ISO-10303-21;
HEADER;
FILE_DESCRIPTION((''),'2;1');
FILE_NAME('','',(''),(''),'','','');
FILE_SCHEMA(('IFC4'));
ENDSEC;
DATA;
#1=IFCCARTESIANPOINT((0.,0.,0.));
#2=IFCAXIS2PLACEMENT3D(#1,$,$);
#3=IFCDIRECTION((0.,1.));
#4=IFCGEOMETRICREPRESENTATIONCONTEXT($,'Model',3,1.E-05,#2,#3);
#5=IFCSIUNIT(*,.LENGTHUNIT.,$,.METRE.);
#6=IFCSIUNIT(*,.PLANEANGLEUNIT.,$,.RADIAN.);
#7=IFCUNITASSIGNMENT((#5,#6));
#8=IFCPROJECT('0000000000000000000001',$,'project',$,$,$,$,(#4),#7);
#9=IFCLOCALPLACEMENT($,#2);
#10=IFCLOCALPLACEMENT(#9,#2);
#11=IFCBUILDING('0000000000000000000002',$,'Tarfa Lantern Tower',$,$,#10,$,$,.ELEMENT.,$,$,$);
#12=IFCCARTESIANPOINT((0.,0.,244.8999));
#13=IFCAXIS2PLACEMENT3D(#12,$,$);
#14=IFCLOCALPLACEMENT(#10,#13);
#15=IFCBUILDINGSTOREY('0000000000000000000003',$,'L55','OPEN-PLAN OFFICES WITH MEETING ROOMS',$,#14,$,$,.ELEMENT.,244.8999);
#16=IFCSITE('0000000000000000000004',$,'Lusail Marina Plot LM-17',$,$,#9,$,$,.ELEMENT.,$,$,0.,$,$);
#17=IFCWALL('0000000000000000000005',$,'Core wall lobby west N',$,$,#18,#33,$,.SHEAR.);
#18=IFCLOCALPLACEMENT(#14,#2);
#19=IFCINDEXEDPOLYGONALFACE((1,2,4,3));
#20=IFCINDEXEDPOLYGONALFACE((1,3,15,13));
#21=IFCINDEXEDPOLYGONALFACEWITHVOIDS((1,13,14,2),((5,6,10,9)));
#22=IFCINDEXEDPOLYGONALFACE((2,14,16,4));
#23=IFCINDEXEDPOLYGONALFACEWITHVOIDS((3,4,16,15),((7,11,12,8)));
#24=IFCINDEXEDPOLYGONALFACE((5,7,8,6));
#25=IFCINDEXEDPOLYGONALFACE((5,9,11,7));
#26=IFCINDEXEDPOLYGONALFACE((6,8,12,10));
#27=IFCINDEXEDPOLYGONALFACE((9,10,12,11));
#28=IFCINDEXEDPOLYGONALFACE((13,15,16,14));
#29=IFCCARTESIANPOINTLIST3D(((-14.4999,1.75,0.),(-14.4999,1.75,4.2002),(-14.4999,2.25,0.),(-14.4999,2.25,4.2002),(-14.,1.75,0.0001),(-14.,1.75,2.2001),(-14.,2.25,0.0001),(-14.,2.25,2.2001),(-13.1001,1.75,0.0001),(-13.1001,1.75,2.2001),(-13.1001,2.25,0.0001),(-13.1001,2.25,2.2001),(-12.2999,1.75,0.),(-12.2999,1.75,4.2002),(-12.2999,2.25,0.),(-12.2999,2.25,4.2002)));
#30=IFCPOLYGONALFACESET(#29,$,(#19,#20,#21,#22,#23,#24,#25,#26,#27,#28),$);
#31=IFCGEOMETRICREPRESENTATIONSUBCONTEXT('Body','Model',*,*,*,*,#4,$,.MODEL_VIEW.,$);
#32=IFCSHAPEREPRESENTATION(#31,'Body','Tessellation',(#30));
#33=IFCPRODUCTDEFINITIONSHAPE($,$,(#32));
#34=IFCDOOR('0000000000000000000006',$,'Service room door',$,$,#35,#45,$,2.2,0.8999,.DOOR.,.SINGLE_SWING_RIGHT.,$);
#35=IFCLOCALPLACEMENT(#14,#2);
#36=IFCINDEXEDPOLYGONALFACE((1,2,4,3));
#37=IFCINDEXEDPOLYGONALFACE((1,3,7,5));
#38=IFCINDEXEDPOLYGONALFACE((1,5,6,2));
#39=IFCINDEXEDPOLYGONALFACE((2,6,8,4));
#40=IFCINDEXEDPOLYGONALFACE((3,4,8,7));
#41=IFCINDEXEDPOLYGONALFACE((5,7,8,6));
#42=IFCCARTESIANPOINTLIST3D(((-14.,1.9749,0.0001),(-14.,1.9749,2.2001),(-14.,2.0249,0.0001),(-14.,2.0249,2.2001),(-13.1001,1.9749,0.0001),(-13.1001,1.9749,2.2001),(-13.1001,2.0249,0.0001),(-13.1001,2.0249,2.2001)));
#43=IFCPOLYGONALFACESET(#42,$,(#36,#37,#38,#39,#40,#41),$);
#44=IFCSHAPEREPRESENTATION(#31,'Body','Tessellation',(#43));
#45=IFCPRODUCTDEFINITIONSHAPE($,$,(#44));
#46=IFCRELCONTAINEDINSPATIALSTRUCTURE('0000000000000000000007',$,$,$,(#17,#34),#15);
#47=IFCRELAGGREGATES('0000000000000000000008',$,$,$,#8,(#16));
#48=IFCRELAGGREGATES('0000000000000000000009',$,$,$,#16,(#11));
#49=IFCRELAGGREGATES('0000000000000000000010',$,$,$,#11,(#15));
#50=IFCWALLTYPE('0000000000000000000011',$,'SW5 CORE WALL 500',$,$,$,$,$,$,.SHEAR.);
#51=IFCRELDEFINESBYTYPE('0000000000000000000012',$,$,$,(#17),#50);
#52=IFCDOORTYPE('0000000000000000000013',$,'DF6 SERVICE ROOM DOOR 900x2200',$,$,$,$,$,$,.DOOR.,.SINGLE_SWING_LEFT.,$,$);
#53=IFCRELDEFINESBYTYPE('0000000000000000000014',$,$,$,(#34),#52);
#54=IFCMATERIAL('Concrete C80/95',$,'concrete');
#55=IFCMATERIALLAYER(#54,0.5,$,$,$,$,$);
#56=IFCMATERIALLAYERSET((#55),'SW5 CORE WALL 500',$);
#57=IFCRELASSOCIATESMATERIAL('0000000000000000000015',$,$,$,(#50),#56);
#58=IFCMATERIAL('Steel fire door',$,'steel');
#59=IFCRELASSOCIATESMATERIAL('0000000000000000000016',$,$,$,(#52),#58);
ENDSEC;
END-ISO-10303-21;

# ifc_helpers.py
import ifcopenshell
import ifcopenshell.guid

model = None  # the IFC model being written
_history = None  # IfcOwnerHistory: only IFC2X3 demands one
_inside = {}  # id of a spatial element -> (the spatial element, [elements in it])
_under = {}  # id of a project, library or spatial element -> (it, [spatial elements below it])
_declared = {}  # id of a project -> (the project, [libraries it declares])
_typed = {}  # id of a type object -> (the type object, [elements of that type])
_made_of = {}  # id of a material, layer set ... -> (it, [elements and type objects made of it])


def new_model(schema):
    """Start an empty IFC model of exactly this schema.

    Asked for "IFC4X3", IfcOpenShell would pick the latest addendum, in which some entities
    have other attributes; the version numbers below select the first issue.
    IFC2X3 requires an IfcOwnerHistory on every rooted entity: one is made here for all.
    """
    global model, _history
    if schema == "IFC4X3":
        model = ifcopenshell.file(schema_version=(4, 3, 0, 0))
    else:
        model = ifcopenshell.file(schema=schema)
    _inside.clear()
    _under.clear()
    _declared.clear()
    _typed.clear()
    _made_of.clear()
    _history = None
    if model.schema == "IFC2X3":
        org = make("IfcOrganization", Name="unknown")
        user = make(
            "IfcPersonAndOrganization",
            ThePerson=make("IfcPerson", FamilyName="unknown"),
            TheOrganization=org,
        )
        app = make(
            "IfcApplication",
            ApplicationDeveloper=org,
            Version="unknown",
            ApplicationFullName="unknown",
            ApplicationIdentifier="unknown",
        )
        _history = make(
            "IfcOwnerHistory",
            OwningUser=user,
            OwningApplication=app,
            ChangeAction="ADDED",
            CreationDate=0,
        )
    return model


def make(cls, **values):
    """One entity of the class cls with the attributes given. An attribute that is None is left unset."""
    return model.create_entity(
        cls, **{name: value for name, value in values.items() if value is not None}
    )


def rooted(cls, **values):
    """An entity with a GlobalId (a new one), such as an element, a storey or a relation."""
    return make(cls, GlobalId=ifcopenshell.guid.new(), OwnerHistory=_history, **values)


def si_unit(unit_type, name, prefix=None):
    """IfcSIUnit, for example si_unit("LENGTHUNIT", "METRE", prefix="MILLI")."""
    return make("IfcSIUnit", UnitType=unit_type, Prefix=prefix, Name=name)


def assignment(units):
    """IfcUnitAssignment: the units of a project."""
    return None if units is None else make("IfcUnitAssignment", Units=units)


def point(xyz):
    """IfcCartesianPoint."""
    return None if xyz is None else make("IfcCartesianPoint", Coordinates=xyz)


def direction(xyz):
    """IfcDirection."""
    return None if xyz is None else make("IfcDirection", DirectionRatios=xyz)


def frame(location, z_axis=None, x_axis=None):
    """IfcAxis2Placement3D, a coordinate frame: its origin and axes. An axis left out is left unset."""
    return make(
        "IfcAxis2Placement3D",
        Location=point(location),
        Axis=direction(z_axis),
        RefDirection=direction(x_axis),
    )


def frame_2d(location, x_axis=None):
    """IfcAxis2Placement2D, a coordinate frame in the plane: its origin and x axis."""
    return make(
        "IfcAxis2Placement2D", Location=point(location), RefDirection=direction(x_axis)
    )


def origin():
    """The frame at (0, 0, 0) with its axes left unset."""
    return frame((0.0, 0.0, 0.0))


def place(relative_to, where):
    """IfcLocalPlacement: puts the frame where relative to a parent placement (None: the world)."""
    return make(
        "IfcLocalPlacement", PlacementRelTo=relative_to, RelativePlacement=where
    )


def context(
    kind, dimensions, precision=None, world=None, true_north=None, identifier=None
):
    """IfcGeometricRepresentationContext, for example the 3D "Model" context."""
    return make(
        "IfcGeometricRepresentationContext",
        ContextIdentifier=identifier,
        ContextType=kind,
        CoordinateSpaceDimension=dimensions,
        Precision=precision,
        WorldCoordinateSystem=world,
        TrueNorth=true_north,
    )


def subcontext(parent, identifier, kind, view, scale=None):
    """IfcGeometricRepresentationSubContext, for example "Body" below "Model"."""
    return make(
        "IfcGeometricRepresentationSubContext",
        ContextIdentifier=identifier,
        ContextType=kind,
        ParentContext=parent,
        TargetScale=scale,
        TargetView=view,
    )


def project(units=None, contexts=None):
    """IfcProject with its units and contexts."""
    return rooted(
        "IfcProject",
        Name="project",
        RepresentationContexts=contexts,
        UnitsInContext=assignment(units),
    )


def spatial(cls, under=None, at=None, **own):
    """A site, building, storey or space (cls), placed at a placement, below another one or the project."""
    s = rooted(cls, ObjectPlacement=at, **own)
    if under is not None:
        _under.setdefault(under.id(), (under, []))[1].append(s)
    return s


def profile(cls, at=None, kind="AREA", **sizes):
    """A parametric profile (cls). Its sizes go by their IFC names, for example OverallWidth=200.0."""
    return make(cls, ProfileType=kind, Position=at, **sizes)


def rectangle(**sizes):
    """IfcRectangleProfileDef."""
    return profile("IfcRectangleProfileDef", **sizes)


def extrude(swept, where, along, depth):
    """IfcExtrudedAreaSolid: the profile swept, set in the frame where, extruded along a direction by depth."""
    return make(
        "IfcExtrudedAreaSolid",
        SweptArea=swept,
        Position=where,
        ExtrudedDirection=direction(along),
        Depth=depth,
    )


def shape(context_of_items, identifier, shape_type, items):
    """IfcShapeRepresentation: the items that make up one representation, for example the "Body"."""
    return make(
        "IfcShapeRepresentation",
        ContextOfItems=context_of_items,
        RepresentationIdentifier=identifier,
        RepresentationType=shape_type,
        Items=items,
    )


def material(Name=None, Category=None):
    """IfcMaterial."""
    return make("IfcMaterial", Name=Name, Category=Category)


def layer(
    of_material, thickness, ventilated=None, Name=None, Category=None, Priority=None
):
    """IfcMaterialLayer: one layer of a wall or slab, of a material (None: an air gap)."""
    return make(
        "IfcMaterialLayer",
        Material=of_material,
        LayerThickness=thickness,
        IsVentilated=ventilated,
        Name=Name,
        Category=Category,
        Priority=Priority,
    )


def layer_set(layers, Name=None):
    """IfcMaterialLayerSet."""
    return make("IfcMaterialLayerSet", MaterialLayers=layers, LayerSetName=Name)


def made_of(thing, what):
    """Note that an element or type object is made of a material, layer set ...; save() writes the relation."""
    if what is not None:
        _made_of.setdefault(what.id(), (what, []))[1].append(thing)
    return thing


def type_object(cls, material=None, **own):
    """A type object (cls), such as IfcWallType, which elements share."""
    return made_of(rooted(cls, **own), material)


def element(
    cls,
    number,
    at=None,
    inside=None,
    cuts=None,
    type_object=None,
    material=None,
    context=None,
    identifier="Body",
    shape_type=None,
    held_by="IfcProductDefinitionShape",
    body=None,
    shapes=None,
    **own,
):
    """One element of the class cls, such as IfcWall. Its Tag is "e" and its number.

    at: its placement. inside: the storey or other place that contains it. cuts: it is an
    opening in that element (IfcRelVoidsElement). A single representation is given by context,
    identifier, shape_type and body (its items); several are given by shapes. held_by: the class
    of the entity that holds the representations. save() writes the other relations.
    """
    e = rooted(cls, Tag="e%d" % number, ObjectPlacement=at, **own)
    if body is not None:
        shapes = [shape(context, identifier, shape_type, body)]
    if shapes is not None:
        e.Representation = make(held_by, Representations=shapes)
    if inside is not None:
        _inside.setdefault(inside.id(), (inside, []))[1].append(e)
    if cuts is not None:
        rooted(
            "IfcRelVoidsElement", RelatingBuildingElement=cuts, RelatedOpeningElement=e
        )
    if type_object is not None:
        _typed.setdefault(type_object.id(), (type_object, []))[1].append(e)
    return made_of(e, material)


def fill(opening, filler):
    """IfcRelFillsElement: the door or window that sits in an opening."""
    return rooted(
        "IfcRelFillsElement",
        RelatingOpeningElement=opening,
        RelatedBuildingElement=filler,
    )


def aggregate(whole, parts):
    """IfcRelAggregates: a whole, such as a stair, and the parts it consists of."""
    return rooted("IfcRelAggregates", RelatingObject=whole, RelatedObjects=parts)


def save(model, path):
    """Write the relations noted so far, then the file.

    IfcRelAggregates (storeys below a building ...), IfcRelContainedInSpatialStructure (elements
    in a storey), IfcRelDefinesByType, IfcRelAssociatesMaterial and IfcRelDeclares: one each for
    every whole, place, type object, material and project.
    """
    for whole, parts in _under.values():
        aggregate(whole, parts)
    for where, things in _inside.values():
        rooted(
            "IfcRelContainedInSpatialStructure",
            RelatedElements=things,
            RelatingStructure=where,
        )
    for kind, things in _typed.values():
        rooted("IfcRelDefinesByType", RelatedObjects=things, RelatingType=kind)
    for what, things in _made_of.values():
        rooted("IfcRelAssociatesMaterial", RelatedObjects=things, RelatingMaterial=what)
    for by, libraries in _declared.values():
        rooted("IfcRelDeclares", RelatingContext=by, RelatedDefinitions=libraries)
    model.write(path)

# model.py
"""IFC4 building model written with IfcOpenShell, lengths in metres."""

from ifc_helpers import new_model, si_unit, direction, frame, frame_2d, origin, place, context, subcontext, project, spatial, rectangle, extrude, material, layer, layer_set, type_object, element, fill, save


model = new_model("IFC4")

# Units and contexts
model_context = context("Model", 3, precision=1e-05, world=origin(), true_north=direction((0.0, 1.0)))
body_context = subcontext(model_context, "Body", "Model", "MODEL_VIEW")
ifc_project = project(units=[si_unit("LENGTHUNIT", "METRE"), si_unit("PLANEANGLEUNIT", "RADIAN")], contexts=[model_context])

# Site, building, storey
site_placement = place(None, origin())
site = spatial("IfcSite", under=ifc_project, at=site_placement, Name="Lusail Marina Plot LM-17", CompositionType="ELEMENT", RefElevation=0.0)
building_placement = place(site_placement, origin())
building = spatial("IfcBuilding", under=site, at=building_placement, Name="Tarfa Lantern Tower", CompositionType="ELEMENT")
storey_placement = place(building_placement, frame((0.0, 0.0, 244.8999)))
storey = spatial("IfcBuildingStorey", under=building, at=storey_placement, Name="L55", Description="OPEN-PLAN OFFICES WITH MEETING ROOMS", CompositionType="ELEMENT", Elevation=244.8999)

# Shared definitions
ifc_material_1 = material(Name="Concrete C80/95", Category="concrete")

# Wall, opening, door
ifc_layer_1 = layer(ifc_material_1, 0.5)
ifc_layer_set_1 = layer_set([ifc_layer_1], Name="SW5 CORE WALL 500")
wall_type_1 = type_object("IfcWallType", Name="SW5 CORE WALL 500", PredefinedType="SHEAR", material=ifc_layer_set_1)
wall_1_placement = place(storey_placement, frame((-14.5, 2.0, 0.0), z_axis=(0.0, 0.0, 1.0), x_axis=(1.0, 0.0, 0.0)))
wall_1 = element("IfcWall", 1, at=wall_1_placement, inside=storey, type_object=wall_type_1, Name="Core wall lobby west N", PredefinedType="SHEAR", context=body_context, shape_type="SweptSolid", body=[
    extrude(rectangle(XDim=2.2, YDim=0.5, at=frame_2d((1.1001, 0.0))), origin(), (0.0, 0.0, 1.0), 4.2002),
])
opening_1_placement = place(wall_1_placement, frame((0.5, 0.0, 0.0)))
opening_1 = element("IfcOpeningElement", 2, at=opening_1_placement, cuts=wall_1, PredefinedType="OPENING", context=body_context, shape_type="SweptSolid", body=[
    extrude(rectangle(XDim=0.8999, YDim=2.2, at=frame_2d((0.45, 1.1001))), frame((0.0, 0.26, 0.0), z_axis=(0.0, -1.0, 0.0), x_axis=(1.0, 0.0, 0.0)), (0.0, 0.0, 1.0), 0.52),
])
ifc_material_2 = material(Name="Steel fire door", Category="steel")
door_type_1 = type_object("IfcDoorType", Name="DF6 SERVICE ROOM DOOR 900x2200", OperationType="SINGLE_SWING_LEFT", PredefinedType="DOOR", material=ifc_material_2)
door_1_placement = place(opening_1_placement, origin())
door_1 = element("IfcDoor", 3, at=door_1_placement, inside=storey, type_object=door_type_1, Name="Service room door", OperationType="SINGLE_SWING_RIGHT", OverallHeight=2.2, OverallWidth=0.8999, PredefinedType="DOOR", context=body_context, shape_type="SweptSolid", body=[
    extrude(rectangle(XDim=0.8999, YDim=2.2, at=frame_2d((0.45, 1.1001))), frame((0.0, 0.0249, 0.0), z_axis=(0.0, -1.0, 0.0), x_axis=(1.0, 0.0, 0.0)), (0.0, 0.0, 1.0), 0.05),
])
fill(opening_1, door_1)

save(model, "model.ifc")
